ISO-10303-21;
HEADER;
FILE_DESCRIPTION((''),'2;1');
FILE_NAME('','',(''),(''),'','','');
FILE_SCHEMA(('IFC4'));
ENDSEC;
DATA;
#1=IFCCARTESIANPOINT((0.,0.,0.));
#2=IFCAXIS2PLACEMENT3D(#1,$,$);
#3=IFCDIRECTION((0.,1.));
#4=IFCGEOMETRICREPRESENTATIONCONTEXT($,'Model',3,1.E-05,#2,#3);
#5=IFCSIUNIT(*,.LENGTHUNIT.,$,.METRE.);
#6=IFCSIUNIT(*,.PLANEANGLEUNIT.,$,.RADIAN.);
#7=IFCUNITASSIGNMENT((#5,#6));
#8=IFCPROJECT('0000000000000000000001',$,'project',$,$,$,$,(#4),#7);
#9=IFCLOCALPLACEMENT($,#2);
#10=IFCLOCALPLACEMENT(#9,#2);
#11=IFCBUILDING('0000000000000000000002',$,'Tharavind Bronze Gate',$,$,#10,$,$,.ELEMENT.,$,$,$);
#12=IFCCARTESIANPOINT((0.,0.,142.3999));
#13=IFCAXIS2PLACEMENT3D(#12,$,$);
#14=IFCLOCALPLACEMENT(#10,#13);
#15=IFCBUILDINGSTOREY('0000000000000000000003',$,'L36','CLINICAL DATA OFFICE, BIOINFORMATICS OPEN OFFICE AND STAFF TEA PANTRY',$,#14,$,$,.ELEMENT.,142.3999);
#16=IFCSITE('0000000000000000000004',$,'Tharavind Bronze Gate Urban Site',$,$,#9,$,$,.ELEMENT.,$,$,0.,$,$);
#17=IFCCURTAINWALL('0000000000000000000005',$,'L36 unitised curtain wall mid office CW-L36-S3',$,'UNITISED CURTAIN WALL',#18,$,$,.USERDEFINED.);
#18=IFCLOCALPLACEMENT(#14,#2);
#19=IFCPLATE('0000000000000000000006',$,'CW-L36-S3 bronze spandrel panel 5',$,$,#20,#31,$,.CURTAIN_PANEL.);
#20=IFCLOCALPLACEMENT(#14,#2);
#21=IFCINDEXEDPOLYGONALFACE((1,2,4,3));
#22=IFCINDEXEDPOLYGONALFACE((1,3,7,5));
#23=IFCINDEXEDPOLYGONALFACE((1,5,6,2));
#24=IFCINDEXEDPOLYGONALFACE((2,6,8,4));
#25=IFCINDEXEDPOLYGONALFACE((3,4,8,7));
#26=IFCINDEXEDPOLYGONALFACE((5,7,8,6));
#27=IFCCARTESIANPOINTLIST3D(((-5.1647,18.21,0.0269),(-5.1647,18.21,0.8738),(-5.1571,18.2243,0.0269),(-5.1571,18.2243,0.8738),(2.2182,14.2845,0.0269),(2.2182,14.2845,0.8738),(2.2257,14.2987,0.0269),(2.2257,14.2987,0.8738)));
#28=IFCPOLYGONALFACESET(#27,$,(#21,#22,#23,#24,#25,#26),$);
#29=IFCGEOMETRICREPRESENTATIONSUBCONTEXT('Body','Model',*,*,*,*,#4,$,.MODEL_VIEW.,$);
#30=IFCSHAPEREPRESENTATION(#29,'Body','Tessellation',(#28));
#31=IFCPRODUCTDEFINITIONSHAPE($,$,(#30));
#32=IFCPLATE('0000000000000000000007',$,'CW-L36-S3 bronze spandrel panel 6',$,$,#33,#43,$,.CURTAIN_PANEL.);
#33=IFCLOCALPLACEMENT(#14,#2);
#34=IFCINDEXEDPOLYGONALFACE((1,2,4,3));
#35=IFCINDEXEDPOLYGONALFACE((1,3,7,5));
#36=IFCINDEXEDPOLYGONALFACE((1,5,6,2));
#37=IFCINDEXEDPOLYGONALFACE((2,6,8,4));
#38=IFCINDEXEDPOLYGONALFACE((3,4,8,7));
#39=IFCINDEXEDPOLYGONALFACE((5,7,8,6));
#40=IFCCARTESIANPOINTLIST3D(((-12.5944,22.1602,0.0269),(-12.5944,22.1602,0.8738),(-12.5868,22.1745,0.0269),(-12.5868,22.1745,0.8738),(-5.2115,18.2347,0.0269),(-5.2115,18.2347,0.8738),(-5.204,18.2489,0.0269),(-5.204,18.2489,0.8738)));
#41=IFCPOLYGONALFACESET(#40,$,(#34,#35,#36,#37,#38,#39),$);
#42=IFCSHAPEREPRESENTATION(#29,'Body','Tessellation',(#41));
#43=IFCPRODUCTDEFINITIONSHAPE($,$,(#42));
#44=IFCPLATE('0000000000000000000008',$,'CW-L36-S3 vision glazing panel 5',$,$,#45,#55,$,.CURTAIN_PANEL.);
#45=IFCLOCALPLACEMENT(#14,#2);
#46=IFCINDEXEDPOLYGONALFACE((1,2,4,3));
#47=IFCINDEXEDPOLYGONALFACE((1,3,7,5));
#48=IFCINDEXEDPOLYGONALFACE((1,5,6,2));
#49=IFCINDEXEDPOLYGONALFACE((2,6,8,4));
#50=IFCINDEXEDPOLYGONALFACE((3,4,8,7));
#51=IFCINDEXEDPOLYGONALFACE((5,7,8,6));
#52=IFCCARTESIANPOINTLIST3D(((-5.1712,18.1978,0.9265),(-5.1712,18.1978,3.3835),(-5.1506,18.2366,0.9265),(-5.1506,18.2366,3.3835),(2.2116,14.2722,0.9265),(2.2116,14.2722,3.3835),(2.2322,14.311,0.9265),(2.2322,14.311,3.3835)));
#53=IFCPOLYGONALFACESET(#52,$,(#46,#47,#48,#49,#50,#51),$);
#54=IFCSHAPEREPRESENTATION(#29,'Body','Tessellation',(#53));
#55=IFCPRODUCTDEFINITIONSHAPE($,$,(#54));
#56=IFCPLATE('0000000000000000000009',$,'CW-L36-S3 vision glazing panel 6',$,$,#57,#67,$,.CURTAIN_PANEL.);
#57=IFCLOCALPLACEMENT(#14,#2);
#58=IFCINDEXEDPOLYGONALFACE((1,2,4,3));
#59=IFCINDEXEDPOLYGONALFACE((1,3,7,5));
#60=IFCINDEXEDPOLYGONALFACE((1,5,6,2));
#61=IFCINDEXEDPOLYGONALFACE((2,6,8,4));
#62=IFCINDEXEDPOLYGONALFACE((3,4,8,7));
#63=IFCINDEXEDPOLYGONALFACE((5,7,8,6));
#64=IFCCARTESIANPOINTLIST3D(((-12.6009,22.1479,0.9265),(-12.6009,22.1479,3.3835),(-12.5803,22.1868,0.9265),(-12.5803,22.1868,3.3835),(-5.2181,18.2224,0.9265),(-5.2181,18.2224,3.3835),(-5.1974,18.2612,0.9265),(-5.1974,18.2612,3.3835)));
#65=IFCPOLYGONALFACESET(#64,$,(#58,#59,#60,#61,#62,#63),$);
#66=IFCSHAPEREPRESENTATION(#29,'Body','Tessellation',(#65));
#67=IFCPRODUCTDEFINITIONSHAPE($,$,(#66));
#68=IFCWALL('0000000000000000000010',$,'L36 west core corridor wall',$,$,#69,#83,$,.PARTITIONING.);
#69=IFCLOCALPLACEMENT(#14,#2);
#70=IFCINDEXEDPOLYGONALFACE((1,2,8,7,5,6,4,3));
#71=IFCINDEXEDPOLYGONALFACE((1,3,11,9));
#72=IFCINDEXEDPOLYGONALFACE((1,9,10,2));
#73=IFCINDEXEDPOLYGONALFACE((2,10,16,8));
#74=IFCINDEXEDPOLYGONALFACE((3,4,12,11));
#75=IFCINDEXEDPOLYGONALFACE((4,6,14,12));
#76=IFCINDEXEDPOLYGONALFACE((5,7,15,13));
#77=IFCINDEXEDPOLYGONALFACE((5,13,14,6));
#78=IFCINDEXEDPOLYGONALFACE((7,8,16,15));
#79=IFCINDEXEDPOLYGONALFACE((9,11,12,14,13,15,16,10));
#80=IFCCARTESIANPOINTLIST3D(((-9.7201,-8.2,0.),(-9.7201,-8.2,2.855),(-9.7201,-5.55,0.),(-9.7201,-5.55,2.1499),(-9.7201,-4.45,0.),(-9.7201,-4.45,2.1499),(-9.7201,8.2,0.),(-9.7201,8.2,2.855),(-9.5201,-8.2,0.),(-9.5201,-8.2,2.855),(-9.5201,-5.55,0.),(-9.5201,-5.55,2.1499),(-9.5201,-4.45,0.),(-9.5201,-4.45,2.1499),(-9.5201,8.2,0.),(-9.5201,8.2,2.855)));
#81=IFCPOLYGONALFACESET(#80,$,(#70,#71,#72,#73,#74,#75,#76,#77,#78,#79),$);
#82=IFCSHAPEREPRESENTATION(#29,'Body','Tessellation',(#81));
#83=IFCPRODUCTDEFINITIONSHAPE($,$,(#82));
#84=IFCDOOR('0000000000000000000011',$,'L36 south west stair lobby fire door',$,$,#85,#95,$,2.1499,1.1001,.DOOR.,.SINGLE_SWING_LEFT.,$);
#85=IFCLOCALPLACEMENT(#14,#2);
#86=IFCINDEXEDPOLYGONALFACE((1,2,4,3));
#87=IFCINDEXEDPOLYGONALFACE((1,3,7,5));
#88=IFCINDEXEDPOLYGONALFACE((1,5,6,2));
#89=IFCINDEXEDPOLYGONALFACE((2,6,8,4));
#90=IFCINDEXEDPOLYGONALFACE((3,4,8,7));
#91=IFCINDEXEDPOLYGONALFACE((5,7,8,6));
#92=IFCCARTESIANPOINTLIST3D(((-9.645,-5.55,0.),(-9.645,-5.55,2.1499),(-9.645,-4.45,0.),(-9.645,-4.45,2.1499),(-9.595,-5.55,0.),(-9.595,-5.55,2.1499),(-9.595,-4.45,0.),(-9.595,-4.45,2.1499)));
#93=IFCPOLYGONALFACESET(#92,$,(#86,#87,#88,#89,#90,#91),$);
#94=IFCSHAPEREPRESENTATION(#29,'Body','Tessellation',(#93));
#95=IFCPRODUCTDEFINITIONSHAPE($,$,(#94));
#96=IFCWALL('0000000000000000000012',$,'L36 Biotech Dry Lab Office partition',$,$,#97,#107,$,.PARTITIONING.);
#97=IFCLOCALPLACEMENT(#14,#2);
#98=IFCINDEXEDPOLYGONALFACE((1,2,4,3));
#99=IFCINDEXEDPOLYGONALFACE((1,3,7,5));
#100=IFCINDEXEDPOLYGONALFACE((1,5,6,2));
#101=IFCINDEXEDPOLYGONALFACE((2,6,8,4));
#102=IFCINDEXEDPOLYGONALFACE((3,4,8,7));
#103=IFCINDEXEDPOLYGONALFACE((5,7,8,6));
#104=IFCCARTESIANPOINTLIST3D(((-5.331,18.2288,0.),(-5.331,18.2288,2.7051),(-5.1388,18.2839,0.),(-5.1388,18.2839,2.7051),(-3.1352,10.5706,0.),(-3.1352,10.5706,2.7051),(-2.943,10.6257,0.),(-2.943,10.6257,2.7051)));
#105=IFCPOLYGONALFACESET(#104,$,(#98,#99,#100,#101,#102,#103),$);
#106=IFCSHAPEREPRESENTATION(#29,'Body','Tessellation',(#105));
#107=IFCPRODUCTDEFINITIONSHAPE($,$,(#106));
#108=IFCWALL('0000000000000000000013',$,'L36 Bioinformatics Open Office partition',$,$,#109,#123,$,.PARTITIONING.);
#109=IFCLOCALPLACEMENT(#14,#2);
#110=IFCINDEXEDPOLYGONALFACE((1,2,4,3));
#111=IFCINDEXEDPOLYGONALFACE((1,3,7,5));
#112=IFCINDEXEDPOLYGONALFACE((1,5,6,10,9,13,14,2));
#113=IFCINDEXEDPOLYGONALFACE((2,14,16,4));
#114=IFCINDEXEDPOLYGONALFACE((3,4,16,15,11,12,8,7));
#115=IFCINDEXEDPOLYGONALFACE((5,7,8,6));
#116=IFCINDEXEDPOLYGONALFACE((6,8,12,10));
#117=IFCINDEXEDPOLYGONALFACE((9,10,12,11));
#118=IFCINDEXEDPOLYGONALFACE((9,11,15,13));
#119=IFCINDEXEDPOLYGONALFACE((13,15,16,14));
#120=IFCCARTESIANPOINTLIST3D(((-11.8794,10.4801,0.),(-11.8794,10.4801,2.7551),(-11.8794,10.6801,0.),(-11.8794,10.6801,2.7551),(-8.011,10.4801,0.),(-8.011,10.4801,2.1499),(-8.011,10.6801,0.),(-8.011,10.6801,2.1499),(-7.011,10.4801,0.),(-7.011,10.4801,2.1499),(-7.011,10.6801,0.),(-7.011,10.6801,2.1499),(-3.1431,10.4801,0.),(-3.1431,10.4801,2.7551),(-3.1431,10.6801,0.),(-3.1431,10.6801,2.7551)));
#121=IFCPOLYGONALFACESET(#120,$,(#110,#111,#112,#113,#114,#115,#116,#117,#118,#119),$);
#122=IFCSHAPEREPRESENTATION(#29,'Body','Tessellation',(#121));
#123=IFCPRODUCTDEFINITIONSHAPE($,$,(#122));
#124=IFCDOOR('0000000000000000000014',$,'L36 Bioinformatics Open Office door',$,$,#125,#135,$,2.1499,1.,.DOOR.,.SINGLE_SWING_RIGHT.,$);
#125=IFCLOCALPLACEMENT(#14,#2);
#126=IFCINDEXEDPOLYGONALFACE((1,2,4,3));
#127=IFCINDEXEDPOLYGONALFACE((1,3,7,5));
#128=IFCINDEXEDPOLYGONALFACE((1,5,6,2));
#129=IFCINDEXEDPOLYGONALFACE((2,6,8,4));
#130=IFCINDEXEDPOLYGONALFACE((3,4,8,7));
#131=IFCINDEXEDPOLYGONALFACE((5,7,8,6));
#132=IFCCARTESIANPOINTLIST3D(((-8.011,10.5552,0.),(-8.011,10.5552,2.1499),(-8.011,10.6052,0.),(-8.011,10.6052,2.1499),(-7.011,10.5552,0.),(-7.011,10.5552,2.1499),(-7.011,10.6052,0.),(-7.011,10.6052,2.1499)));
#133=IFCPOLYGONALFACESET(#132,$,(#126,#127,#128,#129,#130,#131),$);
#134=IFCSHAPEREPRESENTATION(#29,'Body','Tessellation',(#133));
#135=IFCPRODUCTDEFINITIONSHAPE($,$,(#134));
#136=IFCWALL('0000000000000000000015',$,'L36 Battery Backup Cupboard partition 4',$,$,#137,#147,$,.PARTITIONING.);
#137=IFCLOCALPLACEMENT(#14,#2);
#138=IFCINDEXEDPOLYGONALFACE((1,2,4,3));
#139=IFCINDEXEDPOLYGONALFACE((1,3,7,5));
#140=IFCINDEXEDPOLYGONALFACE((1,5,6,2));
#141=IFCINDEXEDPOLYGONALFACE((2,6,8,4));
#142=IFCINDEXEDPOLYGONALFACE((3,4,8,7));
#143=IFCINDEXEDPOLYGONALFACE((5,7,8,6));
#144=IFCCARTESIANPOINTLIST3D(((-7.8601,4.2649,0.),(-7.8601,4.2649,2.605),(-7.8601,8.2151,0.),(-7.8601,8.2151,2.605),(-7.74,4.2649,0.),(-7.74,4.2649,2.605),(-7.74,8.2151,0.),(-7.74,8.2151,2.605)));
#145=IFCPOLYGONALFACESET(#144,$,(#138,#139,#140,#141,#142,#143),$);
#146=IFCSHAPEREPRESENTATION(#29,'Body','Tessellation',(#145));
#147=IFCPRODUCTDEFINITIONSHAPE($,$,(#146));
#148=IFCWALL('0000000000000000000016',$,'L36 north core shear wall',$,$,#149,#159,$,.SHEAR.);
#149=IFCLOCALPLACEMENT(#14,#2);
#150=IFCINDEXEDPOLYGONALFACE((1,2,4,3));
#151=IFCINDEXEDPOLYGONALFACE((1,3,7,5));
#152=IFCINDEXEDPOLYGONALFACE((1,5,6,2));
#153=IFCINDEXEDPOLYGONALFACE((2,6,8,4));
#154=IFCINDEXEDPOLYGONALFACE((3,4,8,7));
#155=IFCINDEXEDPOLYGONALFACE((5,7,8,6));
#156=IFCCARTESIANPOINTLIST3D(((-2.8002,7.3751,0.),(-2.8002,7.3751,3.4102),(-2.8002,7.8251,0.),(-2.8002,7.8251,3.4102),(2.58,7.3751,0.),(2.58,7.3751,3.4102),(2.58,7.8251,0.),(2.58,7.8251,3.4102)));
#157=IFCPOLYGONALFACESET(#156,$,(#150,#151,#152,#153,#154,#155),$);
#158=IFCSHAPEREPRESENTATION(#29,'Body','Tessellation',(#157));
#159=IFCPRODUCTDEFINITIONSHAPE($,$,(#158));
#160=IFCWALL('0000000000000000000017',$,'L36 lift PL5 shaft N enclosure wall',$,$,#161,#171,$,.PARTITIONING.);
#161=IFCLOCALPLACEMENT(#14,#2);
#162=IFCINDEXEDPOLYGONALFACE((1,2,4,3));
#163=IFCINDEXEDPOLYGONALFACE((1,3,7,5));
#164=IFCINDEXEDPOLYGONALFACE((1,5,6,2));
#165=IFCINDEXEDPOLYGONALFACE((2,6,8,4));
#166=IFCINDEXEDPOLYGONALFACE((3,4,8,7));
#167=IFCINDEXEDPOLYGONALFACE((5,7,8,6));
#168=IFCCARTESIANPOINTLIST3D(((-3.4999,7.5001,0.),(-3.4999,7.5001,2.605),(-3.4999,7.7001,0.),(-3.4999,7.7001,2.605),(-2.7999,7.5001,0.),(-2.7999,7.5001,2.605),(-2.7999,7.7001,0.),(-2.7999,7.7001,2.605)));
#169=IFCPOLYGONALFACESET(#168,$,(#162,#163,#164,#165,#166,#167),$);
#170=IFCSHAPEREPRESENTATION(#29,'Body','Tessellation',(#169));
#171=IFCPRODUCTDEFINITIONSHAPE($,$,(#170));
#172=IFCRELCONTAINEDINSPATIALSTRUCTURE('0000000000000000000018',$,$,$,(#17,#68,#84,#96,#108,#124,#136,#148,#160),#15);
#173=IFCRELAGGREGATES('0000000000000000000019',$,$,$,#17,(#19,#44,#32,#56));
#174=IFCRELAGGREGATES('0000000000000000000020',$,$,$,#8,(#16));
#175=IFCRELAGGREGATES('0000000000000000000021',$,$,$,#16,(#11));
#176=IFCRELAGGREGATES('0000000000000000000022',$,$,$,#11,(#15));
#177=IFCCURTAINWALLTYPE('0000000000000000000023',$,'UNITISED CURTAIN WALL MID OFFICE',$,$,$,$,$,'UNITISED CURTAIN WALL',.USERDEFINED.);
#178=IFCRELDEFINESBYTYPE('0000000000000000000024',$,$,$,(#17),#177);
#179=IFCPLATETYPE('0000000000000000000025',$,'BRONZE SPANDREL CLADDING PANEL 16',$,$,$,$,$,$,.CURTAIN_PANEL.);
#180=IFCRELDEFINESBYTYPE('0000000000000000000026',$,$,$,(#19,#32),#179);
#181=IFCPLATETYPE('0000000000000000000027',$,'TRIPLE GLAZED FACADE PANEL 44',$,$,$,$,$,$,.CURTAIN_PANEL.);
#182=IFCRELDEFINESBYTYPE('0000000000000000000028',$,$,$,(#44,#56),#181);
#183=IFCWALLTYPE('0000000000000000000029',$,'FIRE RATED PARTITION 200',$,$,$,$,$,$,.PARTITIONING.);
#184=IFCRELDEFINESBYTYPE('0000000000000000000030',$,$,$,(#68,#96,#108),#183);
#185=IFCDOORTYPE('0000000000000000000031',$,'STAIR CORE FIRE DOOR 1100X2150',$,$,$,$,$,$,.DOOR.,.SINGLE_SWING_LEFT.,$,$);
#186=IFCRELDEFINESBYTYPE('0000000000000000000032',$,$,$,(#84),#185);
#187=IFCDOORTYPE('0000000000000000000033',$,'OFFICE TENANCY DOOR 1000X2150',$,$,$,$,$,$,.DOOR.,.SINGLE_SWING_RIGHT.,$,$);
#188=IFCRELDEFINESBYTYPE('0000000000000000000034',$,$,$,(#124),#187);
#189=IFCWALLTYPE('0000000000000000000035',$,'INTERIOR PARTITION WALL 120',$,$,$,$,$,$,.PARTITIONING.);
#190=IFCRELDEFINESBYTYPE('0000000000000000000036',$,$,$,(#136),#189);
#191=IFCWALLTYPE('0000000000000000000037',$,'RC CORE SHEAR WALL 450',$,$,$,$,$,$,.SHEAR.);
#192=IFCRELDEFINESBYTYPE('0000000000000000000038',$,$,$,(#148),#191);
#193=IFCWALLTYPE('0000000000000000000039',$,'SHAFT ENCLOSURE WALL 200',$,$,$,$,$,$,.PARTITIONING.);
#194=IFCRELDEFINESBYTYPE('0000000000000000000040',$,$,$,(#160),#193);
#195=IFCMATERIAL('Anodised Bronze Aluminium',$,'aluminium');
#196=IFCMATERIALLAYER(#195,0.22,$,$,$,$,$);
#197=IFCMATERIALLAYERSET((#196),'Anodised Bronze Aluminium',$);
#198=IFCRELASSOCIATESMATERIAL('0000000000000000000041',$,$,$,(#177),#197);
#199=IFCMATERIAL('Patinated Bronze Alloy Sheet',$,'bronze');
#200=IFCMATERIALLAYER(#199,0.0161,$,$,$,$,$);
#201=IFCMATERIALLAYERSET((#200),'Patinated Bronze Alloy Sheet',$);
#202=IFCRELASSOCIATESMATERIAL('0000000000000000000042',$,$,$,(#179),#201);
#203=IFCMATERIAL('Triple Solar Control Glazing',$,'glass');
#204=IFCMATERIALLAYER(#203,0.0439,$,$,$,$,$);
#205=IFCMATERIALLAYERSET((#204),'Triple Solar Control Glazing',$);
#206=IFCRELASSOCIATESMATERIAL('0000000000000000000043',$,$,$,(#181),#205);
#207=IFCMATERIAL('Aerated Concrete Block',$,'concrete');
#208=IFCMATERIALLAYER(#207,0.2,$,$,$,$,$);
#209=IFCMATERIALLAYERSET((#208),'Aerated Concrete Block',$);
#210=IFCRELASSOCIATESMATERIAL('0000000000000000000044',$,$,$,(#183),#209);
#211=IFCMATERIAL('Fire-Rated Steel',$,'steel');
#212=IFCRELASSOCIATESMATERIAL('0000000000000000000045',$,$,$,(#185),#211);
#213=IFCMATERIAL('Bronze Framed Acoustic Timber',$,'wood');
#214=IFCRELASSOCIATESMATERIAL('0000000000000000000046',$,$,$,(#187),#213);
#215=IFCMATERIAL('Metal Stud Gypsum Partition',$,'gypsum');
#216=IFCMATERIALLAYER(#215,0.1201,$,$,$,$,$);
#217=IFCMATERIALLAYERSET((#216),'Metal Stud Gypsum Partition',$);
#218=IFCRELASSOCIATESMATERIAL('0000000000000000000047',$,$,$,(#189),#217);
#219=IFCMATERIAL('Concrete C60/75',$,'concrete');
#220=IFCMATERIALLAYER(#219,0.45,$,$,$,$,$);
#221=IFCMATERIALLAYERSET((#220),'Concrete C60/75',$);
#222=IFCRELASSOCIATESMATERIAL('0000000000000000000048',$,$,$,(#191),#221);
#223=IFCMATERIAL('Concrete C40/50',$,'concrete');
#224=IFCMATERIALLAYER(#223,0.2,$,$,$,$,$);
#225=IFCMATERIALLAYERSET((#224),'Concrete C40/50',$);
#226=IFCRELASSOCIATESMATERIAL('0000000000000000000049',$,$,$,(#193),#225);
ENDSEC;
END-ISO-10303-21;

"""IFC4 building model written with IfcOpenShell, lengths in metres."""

from ifc_helpers import new_model, si_unit, direction, frame, frame_2d, origin, origin_2d, place, context, subcontext, project, spatial, rectangle, extrude, material, layer, layer_set, type_object, element, fill, aggregate, save


model = new_model("IFC4")

# Units and contexts
model_context = context("Model", 3, precision=1e-05, world=origin(), true_north=direction((0.0, 1.0)))
body_context = subcontext(model_context, "Body", "Model", "MODEL_VIEW")
ifc_project = project(units=[si_unit("LENGTHUNIT", "METRE"), si_unit("PLANEANGLEUNIT", "RADIAN")], contexts=[model_context])

# Site, building, storey
site_placement = place(None, origin())
site = spatial("IfcSite", under=ifc_project, at=site_placement, Name="Tharavind Bronze Gate Urban Site", CompositionType="ELEMENT", RefElevation=0.0)
building_placement = place(site_placement, origin())
building = spatial("IfcBuilding", under=site, at=building_placement, Name="Tharavind Bronze Gate", CompositionType="ELEMENT")
storey_placement = place(building_placement, frame((0.0, 0.0, 142.3999)))
storey = spatial("IfcBuildingStorey", under=building, at=storey_placement, Name="L36", Description="CLINICAL DATA OFFICE, BIOINFORMATICS OPEN OFFICE AND STAFF TEA PANTRY", CompositionType="ELEMENT", Elevation=142.3999)

# Curtain wall
ifc_material_1 = material(Name="Anodised Bronze Aluminium", Category="aluminium")
ifc_layer_1 = layer(ifc_material_1, 0.22)
ifc_layer_set_1 = layer_set([ifc_layer_1], Name="Anodised Bronze Aluminium")
curtain_wall_type = type_object("IfcCurtainWallType", Name="UNITISED CURTAIN WALL MID OFFICE", ElementType="UNITISED CURTAIN WALL", PredefinedType="USERDEFINED", material=ifc_layer_set_1)
curtain_wall_placement = place(storey_placement, origin())
curtain_wall = element("IfcCurtainWall", 1, at=curtain_wall_placement, inside=storey, type_object=curtain_wall_type, Name="L36 unitised curtain wall mid office CW-L36-S3", ObjectType="UNITISED CURTAIN WALL", PredefinedType="USERDEFINED")

# Plates
ifc_material_2 = material(Name="Patinated Bronze Alloy Sheet", Category="bronze")
ifc_layer_2 = layer(ifc_material_2, 0.0161)
ifc_layer_set_2 = layer_set([ifc_layer_2], Name="Patinated Bronze Alloy Sheet")
plate_type_1 = type_object("IfcPlateType", Name="BRONZE SPANDREL CLADDING PANEL 16", PredefinedType="CURTAIN_PANEL", material=ifc_layer_set_2)
plate_1_placement = place(storey_placement, frame((-1.4695, 16.2544, 0.0269), z_axis=(0.0, 0.0, 1.0), x_axis=(-0.882948, 0.469472, 0.0)))
plate_1 = element("IfcPlate", 2, at=plate_1_placement, type_object=plate_type_1, Name="CW-L36-S3 bronze spandrel panel 5", PredefinedType="CURTAIN_PANEL", context=body_context, shape_type="SweptSolid", body=[
    extrude(rectangle(XDim=8.3616, YDim=0.0161, at=origin_2d()), origin(), (0.0, 0.0, 1.0), 0.8469),
])
plate_2_placement = place(storey_placement, frame((-8.8992, 20.2046, 0.0269), z_axis=(0.0, 0.0, 1.0), x_axis=(-0.882948, 0.469472, 0.0)))
plate_2 = element("IfcPlate", 3, at=plate_2_placement, type_object=plate_type_1, Name="CW-L36-S3 bronze spandrel panel 6", PredefinedType="CURTAIN_PANEL", context=body_context, shape_type="SweptSolid", body=[
    extrude(rectangle(XDim=8.3616, YDim=0.0161, at=origin_2d()), origin(), (0.0, 0.0, 1.0), 0.8469),
])
ifc_material_3 = material(Name="Triple Solar Control Glazing", Category="glass")
ifc_layer_3 = layer(ifc_material_3, 0.0439)
ifc_layer_set_3 = layer_set([ifc_layer_3], Name="Triple Solar Control Glazing")
plate_type_2 = type_object("IfcPlateType", Name="TRIPLE GLAZED FACADE PANEL 44", PredefinedType="CURTAIN_PANEL", material=ifc_layer_set_3)
plate_3_placement = place(storey_placement, frame((-1.4695, 16.2544, 0.9265), z_axis=(0.0, 0.0, 1.0), x_axis=(-0.882948, 0.469472, 0.0)))
plate_3 = element("IfcPlate", 4, at=plate_3_placement, type_object=plate_type_2, Name="CW-L36-S3 vision glazing panel 5", PredefinedType="CURTAIN_PANEL", context=body_context, shape_type="SweptSolid", body=[
    extrude(rectangle(XDim=8.3616, YDim=0.0439, at=origin_2d()), origin(), (0.0, 0.0, 1.0), 2.457),
])
plate_4_placement = place(storey_placement, frame((-8.8992, 20.2046, 0.9265), z_axis=(0.0, 0.0, 1.0), x_axis=(-0.882948, 0.469472, 0.0)))
plate_4 = element("IfcPlate", 5, at=plate_4_placement, type_object=plate_type_2, Name="CW-L36-S3 vision glazing panel 6", PredefinedType="CURTAIN_PANEL", context=body_context, shape_type="SweptSolid", body=[
    extrude(rectangle(XDim=8.3616, YDim=0.0439, at=origin_2d()), origin(), (0.0, 0.0, 1.0), 2.457),
])
aggregate(curtain_wall, [plate_1, plate_3, plate_2, plate_4])

# Wall, opening, door
ifc_material_4 = material(Name="Aerated Concrete Block", Category="concrete")
ifc_layer_4 = layer(ifc_material_4, 0.2)
ifc_layer_set_4 = layer_set([ifc_layer_4], Name="Aerated Concrete Block")
wall_type_1 = type_object("IfcWallType", Name="FIRE RATED PARTITION 200", PredefinedType="PARTITIONING", material=ifc_layer_set_4)
wall_1_placement = place(storey_placement, frame((-9.6201, 8.2, 0.0), z_axis=(0.0, 0.0, 1.0), x_axis=(0.0, -1.0, 0.0)))
wall_1 = element("IfcWall", 6, at=wall_1_placement, inside=storey, type_object=wall_type_1, Name="L36 west core corridor wall", PredefinedType="PARTITIONING", context=body_context, shape_type="SweptSolid", body=[
    extrude(rectangle(XDim=16.3999, YDim=0.2, at=frame_2d((8.2, 0.0))), origin(), (0.0, 0.0, 1.0), 2.855),
])
opening_1_placement = place(wall_1_placement, frame((12.6499, 0.0, 0.0)))
opening_1 = element("IfcOpeningElement", 7, at=opening_1_placement, cuts=wall_1, PredefinedType="OPENING", context=body_context, shape_type="SweptSolid", body=[
    extrude(rectangle(XDim=1.1001, YDim=2.1499, at=frame_2d((0.55, 1.075))), frame((0.0, 0.1101, 0.0), z_axis=(0.0, -1.0, 0.0), x_axis=(1.0, 0.0, 0.0)), (0.0, 0.0, 1.0), 0.22),
])
ifc_material_5 = material(Name="Fire-Rated Steel", Category="steel")
door_type_1 = type_object("IfcDoorType", Name="STAIR CORE FIRE DOOR 1100X2150", OperationType="SINGLE_SWING_LEFT", PredefinedType="DOOR", material=ifc_material_5)
door_1_placement = place(opening_1_placement, frame((1.1001, 0.0, 0.0), z_axis=(0.0, 0.0, 1.0), x_axis=(-1.0, 0.0, 0.0)))
door_1 = element("IfcDoor", 8, at=door_1_placement, inside=storey, type_object=door_type_1, Name="L36 south west stair lobby fire door", OperationType="SINGLE_SWING_LEFT", OverallHeight=2.1499, OverallWidth=1.1001, PredefinedType="DOOR", context=body_context, shape_type="SweptSolid", body=[
    extrude(rectangle(XDim=1.1001, YDim=2.1499, at=frame_2d((0.55, 1.075))), frame((0.0, 0.0249, 0.0), z_axis=(0.0, -1.0, 0.0), x_axis=(1.0, 0.0, 0.0)), (0.0, 0.0, 1.0), 0.05),
])
fill(opening_1, door_1)

# Wall
wall_2_placement = place(storey_placement, frame((-3.0391, 10.5981, 0.0), z_axis=(0.0, 0.0, 1.0), x_axis=(-0.27562, 0.961267, 0.0)))
element("IfcWall", 9, at=wall_2_placement, inside=storey, type_object=wall_type_1, Name="L36 Biotech Dry Lab Office partition", PredefinedType="PARTITIONING", context=body_context, shape_type="SweptSolid", body=[
    extrude(rectangle(XDim=7.9668, YDim=0.2, at=frame_2d((3.9834, 0.0))), origin(), (0.0, 0.0, 1.0), 2.7051),
])

# Wall, opening, door
wall_3_placement = place(storey_placement, frame((-3.1431, 10.5801, 0.0), z_axis=(0.0, 0.0, 1.0), x_axis=(-1.0, 0.0, 0.0)))
wall_3 = element("IfcWall", 10, at=wall_3_placement, inside=storey, type_object=wall_type_1, Name="L36 Bioinformatics Open Office partition", PredefinedType="PARTITIONING", context=body_context, shape_type="SweptSolid", body=[
    extrude(rectangle(XDim=8.7363, YDim=0.2, at=frame_2d((4.3682, 0.0))), origin(), (0.0, 0.0, 1.0), 2.7551),
])
opening_2_placement = place(wall_3_placement, frame((3.8679, 0.0, 0.0)))
opening_2 = element("IfcOpeningElement", 11, at=opening_2_placement, cuts=wall_3, PredefinedType="OPENING", context=body_context, shape_type="SweptSolid", body=[
    extrude(rectangle(XDim=1.0, YDim=2.1499, at=frame_2d((0.5, 1.075))), frame((0.0, 0.1101, 0.0), z_axis=(0.0, -1.0, 0.0), x_axis=(1.0, 0.0, 0.0)), (0.0, 0.0, 1.0), 0.22),
])
ifc_material_6 = material(Name="Bronze Framed Acoustic Timber", Category="wood")
door_type_2 = type_object("IfcDoorType", Name="OFFICE TENANCY DOOR 1000X2150", OperationType="SINGLE_SWING_RIGHT", PredefinedType="DOOR", material=ifc_material_6)
door_2_placement = place(opening_2_placement, origin())
door_2 = element("IfcDoor", 12, at=door_2_placement, inside=storey, type_object=door_type_2, Name="L36 Bioinformatics Open Office door", OperationType="SINGLE_SWING_RIGHT", OverallHeight=2.1499, OverallWidth=1.0, PredefinedType="DOOR", context=body_context, shape_type="SweptSolid", body=[
    extrude(rectangle(XDim=1.0, YDim=2.1499, at=frame_2d((0.5, 1.075))), frame((0.0, 0.0249, 0.0), z_axis=(0.0, -1.0, 0.0), x_axis=(1.0, 0.0, 0.0)), (0.0, 0.0, 1.0), 0.05),
])
fill(opening_2, door_2)

# Walls
ifc_material_7 = material(Name="Metal Stud Gypsum Partition", Category="gypsum")
ifc_layer_5 = layer(ifc_material_7, 0.1201)
ifc_layer_set_5 = layer_set([ifc_layer_5], Name="Metal Stud Gypsum Partition")
wall_type_2 = type_object("IfcWallType", Name="INTERIOR PARTITION WALL 120", PredefinedType="PARTITIONING", material=ifc_layer_set_5)
wall_4_placement = place(storey_placement, frame((-7.8, 8.2151, 0.0), z_axis=(0.0, 0.0, 1.0), x_axis=(0.0, -1.0, 0.0)))
element("IfcWall", 13, at=wall_4_placement, inside=storey, type_object=wall_type_2, Name="L36 Battery Backup Cupboard partition 4", PredefinedType="PARTITIONING", context=body_context, shape_type="SweptSolid", body=[
    extrude(rectangle(XDim=3.9502, YDim=0.1201, at=frame_2d((1.9751, 0.0))), origin(), (0.0, 0.0, 1.0), 2.605),
])
ifc_material_8 = material(Name="Concrete C60/75", Category="concrete")
ifc_layer_6 = layer(ifc_material_8, 0.45)
ifc_layer_set_6 = layer_set([ifc_layer_6], Name="Concrete C60/75")
wall_type_3 = type_object("IfcWallType", Name="RC CORE SHEAR WALL 450", PredefinedType="SHEAR", material=ifc_layer_set_6)
wall_5_placement = place(storey_placement, frame((-2.8, 7.6001, 0.0), z_axis=(0.0, 0.0, 1.0), x_axis=(1.0, 0.0, 0.0)))
element("IfcWall", 14, at=wall_5_placement, inside=storey, type_object=wall_type_3, Name="L36 north core shear wall", PredefinedType="SHEAR", context=body_context, shape_type="SweptSolid", body=[
    extrude(rectangle(XDim=5.3801, YDim=0.45, at=frame_2d((2.6899, 0.0))), origin(), (0.0, 0.0, 1.0), 3.4102),
])
ifc_material_9 = material(Name="Concrete C40/50", Category="concrete")
ifc_layer_7 = layer(ifc_material_9, 0.2)
ifc_layer_set_7 = layer_set([ifc_layer_7], Name="Concrete C40/50")
wall_type_4 = type_object("IfcWallType", Name="SHAFT ENCLOSURE WALL 200", PredefinedType="PARTITIONING", material=ifc_layer_set_7)
wall_6_placement = place(storey_placement, frame((-3.5, 7.6001, 0.0), z_axis=(0.0, 0.0, 1.0), x_axis=(1.0, 0.0, 0.0)))
element("IfcWall", 15, at=wall_6_placement, inside=storey, type_object=wall_type_4, Name="L36 lift PL5 shaft N enclosure wall", PredefinedType="PARTITIONING", context=body_context, shape_type="SweptSolid", body=[
    extrude(rectangle(XDim=0.7, YDim=0.2, at=frame_2d((0.3501, 0.0))), origin(), (0.0, 0.0, 1.0), 2.605),
])

save(model, "model.ifc")
